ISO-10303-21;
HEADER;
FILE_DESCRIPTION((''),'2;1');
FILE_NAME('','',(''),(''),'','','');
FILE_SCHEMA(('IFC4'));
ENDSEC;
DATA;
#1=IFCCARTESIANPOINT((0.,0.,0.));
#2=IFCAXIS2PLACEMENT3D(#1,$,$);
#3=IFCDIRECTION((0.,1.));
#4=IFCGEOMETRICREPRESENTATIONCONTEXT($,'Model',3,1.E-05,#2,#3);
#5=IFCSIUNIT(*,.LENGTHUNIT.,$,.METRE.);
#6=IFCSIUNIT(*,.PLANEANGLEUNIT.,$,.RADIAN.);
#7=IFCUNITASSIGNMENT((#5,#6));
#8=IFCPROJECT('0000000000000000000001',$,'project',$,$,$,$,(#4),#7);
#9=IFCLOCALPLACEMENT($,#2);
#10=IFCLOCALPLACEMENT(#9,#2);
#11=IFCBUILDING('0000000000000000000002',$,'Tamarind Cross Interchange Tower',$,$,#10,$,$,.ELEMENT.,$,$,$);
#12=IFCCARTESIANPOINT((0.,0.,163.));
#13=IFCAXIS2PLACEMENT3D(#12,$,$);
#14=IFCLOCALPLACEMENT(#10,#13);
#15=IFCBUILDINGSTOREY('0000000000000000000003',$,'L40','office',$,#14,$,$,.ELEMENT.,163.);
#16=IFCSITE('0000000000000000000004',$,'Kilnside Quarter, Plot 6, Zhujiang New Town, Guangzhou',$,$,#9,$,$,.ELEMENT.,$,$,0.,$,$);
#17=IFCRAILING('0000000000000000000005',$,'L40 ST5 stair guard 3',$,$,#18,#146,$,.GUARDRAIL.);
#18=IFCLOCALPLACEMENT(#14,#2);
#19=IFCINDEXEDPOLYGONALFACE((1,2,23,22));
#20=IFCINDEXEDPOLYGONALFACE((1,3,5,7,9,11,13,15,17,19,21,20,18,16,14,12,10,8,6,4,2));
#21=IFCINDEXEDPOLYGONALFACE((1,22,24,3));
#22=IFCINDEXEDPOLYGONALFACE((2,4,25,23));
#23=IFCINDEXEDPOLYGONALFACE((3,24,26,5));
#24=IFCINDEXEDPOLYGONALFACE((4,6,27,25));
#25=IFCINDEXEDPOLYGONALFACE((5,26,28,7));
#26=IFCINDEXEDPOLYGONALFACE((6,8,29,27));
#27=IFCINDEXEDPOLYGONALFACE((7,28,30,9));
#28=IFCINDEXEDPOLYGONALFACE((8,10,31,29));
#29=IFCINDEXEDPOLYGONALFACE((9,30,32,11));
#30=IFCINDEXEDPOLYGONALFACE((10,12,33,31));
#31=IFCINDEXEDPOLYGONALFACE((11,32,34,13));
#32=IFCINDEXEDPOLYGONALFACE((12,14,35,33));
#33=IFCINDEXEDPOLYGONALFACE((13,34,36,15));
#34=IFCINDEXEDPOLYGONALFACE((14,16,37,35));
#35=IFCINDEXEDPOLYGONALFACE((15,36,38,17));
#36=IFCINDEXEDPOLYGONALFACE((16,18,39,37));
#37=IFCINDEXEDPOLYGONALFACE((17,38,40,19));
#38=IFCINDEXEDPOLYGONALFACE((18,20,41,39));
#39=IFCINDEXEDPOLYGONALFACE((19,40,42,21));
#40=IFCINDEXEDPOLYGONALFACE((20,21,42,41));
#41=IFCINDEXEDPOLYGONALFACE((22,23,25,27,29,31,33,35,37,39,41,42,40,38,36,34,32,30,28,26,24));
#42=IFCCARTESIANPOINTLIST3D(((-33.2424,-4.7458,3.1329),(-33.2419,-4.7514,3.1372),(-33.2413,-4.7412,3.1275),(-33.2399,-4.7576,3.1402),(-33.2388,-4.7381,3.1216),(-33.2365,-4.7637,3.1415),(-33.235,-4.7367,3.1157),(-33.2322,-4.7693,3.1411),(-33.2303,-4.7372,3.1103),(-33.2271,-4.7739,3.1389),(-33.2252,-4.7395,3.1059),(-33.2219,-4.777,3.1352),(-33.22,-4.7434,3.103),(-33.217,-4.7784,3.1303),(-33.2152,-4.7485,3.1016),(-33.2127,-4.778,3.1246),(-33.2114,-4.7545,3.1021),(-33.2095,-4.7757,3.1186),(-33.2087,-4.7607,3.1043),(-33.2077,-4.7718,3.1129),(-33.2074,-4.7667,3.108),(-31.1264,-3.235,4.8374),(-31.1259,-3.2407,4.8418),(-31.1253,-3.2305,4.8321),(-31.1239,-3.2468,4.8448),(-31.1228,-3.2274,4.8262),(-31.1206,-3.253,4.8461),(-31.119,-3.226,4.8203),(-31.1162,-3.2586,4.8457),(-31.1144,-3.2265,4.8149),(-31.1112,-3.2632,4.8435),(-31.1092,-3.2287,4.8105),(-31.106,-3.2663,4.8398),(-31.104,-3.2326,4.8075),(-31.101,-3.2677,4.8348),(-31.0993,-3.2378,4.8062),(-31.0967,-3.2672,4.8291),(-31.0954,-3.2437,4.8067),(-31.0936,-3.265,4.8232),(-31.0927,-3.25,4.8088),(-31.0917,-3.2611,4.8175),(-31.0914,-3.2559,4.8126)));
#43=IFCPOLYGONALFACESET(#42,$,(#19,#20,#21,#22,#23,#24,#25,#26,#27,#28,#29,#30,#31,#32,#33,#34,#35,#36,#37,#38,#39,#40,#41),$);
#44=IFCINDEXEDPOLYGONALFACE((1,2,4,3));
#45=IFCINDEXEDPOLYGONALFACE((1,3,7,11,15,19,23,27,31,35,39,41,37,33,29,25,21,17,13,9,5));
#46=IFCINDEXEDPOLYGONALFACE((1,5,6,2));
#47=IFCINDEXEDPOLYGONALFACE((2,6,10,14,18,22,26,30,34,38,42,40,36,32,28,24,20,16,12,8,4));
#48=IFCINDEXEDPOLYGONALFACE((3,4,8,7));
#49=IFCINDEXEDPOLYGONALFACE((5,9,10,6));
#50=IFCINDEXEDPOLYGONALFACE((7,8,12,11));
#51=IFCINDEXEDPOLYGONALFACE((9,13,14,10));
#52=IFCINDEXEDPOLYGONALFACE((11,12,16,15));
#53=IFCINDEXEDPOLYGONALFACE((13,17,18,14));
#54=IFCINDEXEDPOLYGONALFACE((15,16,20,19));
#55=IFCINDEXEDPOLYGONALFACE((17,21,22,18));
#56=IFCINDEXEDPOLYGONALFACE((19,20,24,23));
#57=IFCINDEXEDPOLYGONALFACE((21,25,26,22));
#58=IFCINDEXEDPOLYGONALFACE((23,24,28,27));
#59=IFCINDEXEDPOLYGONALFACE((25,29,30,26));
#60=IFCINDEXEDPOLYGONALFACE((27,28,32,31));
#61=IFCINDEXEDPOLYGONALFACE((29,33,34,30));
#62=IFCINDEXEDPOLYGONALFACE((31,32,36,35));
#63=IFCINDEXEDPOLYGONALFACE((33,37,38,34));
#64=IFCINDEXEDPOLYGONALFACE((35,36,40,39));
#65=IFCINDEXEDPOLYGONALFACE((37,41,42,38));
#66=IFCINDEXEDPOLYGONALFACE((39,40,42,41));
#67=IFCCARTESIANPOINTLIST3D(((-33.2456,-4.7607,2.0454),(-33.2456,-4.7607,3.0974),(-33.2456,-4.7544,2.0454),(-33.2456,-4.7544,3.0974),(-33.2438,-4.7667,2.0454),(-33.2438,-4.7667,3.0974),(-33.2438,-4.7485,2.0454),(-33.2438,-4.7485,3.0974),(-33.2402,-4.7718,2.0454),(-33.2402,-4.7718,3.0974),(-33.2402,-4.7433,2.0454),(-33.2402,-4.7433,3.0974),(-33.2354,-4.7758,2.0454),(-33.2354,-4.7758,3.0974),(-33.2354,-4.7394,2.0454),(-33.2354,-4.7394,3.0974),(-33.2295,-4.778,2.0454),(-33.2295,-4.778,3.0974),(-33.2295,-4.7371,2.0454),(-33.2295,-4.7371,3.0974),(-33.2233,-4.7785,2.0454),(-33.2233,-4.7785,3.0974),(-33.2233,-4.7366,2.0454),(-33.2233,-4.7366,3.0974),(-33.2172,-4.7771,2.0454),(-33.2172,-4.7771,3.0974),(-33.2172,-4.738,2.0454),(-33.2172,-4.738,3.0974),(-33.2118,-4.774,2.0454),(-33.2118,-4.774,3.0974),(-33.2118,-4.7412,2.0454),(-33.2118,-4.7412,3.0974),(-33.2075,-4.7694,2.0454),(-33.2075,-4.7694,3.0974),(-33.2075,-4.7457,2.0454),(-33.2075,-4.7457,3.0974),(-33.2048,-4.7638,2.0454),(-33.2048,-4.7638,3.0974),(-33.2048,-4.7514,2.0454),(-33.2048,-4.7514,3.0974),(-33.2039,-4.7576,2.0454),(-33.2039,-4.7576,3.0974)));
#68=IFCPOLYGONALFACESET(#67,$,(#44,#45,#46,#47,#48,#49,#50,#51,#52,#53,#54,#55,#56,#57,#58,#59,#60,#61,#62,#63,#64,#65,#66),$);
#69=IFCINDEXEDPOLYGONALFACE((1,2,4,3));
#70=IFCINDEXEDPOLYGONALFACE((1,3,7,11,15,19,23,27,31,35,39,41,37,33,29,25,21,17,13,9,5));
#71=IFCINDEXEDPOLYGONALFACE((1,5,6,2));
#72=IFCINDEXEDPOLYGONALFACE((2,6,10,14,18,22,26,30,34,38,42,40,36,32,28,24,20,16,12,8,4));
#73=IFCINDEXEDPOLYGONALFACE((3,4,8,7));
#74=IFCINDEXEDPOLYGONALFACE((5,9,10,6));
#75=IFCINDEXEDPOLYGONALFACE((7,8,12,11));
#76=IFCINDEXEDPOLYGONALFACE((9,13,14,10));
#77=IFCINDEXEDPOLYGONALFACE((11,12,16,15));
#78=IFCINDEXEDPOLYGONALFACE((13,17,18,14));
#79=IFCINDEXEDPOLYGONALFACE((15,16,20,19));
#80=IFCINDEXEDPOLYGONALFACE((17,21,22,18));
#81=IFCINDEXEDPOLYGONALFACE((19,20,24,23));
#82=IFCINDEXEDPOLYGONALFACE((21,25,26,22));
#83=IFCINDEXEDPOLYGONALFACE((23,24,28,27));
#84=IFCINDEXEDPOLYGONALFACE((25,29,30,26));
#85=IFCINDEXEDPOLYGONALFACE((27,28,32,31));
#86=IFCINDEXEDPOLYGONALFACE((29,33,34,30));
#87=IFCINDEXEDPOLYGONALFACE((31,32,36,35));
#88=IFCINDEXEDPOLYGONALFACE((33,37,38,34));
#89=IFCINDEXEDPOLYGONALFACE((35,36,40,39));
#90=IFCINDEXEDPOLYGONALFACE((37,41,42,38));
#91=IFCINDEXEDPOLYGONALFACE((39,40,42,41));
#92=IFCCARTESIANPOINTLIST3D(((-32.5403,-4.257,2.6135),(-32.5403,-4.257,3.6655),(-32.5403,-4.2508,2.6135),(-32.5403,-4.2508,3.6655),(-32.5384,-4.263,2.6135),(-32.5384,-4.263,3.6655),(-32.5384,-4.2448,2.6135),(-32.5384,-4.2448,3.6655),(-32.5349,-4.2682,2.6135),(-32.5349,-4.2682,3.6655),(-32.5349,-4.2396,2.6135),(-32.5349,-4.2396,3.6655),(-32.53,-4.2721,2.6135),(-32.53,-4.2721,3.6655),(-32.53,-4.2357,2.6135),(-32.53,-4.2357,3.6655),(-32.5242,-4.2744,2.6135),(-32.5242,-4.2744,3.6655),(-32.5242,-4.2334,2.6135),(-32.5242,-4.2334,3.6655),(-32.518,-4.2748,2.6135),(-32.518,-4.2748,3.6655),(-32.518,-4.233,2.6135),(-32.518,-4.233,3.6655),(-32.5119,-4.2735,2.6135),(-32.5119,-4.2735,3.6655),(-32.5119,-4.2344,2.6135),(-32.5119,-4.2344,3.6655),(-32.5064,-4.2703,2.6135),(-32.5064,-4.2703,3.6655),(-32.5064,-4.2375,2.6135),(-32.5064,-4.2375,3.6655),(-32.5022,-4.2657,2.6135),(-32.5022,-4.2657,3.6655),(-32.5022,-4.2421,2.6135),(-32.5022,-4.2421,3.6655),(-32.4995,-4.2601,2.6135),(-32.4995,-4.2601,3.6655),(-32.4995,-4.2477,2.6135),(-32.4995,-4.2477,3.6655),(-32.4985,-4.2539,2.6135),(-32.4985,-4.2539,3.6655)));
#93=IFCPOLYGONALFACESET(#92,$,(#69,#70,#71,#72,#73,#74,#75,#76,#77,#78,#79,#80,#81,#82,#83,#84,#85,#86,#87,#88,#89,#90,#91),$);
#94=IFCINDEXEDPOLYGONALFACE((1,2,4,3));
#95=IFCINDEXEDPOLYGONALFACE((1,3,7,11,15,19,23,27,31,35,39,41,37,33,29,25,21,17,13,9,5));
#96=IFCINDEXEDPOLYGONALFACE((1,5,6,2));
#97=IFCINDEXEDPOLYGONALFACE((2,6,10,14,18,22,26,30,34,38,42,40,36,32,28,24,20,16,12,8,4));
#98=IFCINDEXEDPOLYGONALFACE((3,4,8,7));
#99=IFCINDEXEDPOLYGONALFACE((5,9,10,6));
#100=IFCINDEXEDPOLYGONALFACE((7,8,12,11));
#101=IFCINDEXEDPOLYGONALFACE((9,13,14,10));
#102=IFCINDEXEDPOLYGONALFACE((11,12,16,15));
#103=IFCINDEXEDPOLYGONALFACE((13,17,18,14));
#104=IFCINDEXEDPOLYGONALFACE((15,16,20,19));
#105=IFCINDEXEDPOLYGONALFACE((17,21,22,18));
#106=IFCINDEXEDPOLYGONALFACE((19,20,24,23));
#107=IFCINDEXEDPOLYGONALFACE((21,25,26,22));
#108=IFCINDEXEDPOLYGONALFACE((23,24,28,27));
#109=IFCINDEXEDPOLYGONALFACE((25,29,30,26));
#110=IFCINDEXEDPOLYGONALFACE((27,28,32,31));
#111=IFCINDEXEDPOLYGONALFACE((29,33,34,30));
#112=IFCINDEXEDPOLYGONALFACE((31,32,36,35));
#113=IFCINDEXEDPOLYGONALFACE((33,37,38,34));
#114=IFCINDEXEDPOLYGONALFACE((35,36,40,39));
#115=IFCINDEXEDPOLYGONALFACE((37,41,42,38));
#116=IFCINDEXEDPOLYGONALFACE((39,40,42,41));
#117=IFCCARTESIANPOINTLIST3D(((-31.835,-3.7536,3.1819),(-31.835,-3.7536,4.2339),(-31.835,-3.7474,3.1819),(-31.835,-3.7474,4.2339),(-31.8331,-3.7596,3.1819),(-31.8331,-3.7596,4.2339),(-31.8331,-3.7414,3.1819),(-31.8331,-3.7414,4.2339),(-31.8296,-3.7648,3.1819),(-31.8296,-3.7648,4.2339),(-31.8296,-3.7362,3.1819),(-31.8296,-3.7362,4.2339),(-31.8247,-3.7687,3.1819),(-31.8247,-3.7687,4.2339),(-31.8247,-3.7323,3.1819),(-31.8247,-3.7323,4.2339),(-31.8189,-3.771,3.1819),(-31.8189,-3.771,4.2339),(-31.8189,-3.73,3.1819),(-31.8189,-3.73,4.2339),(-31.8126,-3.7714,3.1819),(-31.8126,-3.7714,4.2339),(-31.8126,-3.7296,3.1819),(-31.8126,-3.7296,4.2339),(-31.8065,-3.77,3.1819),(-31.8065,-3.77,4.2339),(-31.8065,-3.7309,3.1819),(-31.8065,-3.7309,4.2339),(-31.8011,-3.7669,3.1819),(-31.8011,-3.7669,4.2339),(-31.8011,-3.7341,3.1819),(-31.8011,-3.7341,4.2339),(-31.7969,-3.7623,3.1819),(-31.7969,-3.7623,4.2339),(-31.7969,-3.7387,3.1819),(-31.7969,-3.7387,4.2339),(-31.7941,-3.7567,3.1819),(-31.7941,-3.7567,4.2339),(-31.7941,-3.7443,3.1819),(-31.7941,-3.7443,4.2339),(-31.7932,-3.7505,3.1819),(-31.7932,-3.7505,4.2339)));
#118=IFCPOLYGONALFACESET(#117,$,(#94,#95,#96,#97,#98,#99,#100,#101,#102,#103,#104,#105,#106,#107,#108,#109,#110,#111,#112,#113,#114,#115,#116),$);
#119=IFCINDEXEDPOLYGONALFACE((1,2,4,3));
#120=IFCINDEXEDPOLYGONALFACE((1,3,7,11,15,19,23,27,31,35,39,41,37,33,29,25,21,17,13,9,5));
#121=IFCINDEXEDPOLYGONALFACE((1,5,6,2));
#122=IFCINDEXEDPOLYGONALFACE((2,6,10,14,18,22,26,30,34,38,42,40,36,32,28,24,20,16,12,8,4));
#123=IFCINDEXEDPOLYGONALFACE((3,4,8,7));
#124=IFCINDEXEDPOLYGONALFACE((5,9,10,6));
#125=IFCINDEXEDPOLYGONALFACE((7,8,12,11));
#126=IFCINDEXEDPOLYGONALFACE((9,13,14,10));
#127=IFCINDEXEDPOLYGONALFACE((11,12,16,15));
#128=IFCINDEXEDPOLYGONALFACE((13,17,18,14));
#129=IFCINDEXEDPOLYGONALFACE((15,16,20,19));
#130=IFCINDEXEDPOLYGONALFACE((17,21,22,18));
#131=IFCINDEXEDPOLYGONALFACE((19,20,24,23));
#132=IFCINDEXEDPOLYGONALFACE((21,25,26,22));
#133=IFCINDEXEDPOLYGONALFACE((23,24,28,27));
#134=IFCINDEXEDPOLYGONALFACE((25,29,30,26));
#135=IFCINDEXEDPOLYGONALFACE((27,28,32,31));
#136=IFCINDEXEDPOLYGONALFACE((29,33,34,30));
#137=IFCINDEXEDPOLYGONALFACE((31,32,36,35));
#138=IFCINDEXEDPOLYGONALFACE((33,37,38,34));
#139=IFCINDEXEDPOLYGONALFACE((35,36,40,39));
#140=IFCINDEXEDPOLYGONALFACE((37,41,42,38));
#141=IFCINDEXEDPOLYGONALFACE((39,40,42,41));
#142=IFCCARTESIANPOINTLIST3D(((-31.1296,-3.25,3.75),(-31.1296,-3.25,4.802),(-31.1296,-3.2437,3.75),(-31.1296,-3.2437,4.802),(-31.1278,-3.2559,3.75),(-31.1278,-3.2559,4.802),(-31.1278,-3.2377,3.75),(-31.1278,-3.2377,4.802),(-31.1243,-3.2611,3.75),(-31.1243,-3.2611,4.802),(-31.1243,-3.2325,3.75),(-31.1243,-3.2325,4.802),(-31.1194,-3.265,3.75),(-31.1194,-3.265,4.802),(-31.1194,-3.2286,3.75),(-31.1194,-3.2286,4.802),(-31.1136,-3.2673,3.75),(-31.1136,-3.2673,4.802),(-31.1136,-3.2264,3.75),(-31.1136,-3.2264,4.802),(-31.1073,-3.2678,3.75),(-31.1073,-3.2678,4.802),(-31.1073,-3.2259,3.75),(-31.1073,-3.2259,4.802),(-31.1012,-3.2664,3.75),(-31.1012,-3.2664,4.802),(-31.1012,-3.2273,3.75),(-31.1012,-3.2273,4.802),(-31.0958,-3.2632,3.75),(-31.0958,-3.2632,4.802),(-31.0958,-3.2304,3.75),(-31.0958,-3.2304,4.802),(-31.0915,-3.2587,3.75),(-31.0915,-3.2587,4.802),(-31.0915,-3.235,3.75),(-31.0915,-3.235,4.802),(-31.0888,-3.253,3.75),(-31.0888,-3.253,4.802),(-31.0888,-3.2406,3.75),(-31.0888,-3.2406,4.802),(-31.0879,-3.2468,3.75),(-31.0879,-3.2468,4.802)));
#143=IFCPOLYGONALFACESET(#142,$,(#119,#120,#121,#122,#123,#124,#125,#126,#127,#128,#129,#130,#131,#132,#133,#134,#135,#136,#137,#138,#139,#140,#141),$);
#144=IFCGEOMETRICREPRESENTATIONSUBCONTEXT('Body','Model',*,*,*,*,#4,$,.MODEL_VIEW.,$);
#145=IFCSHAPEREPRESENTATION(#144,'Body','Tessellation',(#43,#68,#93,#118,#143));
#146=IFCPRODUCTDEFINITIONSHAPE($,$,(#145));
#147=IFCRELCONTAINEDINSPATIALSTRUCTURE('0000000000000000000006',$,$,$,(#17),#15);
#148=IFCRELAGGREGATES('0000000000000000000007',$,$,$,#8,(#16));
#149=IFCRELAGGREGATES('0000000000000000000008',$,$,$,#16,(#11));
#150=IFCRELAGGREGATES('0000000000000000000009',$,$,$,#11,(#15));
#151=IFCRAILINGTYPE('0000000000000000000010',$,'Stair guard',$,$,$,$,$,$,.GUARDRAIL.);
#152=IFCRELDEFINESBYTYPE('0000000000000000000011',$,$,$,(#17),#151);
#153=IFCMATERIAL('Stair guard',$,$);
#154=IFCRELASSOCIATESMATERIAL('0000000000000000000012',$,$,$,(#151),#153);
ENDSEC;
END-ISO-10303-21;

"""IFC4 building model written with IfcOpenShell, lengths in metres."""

from ifc_helpers import new_model, si_unit, direction, frame, origin, origin_2d, place, context, subcontext, project, spatial, circle, extrude, material, type_object, element, save


model = new_model("IFC4")

# Units and contexts
model_context = context("Model", 3, precision=1e-05, world=origin(), true_north=direction((0.0, 1.0)))
body_context = subcontext(model_context, "Body", "Model", "MODEL_VIEW")
ifc_project = project(units=[si_unit("LENGTHUNIT", "METRE"), si_unit("PLANEANGLEUNIT", "RADIAN")], contexts=[model_context])

# Site, building, storey
site_placement = place(None, origin())
site = spatial("IfcSite", under=ifc_project, at=site_placement, Name="Kilnside Quarter, Plot 6, Zhujiang New Town, Guangzhou", CompositionType="ELEMENT", RefElevation=0.0)
building_placement = place(site_placement, origin())
building = spatial("IfcBuilding", under=site, at=building_placement, Name="Tamarind Cross Interchange Tower", CompositionType="ELEMENT")
storey_placement = place(building_placement, frame((0.0, 0.0, 163.0)))
storey = spatial("IfcBuildingStorey", under=building, at=storey_placement, Name="L40", Description="office", CompositionType="ELEMENT", Elevation=163.0)

# Railing
ifc_material_1 = material(Name="Stair guard")
railing_type_1 = type_object("IfcRailingType", Name="Stair guard", PredefinedType="GUARDRAIL", material=ifc_material_1)
railing_1_placement = place(storey_placement, frame((-33.2249, -4.7576, 2.0454)))
element("IfcRailing", 1, at=railing_1_placement, inside=storey, type_object=railing_type_1, Name="L40 ST5 stair guard 3", PredefinedType="GUARDRAIL", context=body_context, shape_type="SweptSolid", body=[
    extrude(circle(Radius=0.0239, at=origin_2d()), frame((0.0, 0.0, 1.0762), z_axis=(0.680615, 0.48594, 0.548293), x_axis=(-0.581069, 0.813854, 0.0)), (0.0, 0.0, 1.0), 3.1089),
    extrude(circle(Radius=0.021, at=origin_2d()), origin(), (0.0, 0.0, 1.0), 1.052),
    extrude(circle(Radius=0.021, at=origin_2d()), frame((0.7053, 0.5037, 0.5681)), (0.0, 0.0, 1.0), 1.052),
    extrude(circle(Radius=0.021, at=origin_2d()), frame((1.4106, 1.0071, 1.1365)), (0.0, 0.0, 1.0), 1.052),
    extrude(circle(Radius=0.021, at=origin_2d()), frame((2.116, 1.5107, 1.7046)), (0.0, 0.0, 1.0), 1.052),
])

save(model, "model.ifc")
